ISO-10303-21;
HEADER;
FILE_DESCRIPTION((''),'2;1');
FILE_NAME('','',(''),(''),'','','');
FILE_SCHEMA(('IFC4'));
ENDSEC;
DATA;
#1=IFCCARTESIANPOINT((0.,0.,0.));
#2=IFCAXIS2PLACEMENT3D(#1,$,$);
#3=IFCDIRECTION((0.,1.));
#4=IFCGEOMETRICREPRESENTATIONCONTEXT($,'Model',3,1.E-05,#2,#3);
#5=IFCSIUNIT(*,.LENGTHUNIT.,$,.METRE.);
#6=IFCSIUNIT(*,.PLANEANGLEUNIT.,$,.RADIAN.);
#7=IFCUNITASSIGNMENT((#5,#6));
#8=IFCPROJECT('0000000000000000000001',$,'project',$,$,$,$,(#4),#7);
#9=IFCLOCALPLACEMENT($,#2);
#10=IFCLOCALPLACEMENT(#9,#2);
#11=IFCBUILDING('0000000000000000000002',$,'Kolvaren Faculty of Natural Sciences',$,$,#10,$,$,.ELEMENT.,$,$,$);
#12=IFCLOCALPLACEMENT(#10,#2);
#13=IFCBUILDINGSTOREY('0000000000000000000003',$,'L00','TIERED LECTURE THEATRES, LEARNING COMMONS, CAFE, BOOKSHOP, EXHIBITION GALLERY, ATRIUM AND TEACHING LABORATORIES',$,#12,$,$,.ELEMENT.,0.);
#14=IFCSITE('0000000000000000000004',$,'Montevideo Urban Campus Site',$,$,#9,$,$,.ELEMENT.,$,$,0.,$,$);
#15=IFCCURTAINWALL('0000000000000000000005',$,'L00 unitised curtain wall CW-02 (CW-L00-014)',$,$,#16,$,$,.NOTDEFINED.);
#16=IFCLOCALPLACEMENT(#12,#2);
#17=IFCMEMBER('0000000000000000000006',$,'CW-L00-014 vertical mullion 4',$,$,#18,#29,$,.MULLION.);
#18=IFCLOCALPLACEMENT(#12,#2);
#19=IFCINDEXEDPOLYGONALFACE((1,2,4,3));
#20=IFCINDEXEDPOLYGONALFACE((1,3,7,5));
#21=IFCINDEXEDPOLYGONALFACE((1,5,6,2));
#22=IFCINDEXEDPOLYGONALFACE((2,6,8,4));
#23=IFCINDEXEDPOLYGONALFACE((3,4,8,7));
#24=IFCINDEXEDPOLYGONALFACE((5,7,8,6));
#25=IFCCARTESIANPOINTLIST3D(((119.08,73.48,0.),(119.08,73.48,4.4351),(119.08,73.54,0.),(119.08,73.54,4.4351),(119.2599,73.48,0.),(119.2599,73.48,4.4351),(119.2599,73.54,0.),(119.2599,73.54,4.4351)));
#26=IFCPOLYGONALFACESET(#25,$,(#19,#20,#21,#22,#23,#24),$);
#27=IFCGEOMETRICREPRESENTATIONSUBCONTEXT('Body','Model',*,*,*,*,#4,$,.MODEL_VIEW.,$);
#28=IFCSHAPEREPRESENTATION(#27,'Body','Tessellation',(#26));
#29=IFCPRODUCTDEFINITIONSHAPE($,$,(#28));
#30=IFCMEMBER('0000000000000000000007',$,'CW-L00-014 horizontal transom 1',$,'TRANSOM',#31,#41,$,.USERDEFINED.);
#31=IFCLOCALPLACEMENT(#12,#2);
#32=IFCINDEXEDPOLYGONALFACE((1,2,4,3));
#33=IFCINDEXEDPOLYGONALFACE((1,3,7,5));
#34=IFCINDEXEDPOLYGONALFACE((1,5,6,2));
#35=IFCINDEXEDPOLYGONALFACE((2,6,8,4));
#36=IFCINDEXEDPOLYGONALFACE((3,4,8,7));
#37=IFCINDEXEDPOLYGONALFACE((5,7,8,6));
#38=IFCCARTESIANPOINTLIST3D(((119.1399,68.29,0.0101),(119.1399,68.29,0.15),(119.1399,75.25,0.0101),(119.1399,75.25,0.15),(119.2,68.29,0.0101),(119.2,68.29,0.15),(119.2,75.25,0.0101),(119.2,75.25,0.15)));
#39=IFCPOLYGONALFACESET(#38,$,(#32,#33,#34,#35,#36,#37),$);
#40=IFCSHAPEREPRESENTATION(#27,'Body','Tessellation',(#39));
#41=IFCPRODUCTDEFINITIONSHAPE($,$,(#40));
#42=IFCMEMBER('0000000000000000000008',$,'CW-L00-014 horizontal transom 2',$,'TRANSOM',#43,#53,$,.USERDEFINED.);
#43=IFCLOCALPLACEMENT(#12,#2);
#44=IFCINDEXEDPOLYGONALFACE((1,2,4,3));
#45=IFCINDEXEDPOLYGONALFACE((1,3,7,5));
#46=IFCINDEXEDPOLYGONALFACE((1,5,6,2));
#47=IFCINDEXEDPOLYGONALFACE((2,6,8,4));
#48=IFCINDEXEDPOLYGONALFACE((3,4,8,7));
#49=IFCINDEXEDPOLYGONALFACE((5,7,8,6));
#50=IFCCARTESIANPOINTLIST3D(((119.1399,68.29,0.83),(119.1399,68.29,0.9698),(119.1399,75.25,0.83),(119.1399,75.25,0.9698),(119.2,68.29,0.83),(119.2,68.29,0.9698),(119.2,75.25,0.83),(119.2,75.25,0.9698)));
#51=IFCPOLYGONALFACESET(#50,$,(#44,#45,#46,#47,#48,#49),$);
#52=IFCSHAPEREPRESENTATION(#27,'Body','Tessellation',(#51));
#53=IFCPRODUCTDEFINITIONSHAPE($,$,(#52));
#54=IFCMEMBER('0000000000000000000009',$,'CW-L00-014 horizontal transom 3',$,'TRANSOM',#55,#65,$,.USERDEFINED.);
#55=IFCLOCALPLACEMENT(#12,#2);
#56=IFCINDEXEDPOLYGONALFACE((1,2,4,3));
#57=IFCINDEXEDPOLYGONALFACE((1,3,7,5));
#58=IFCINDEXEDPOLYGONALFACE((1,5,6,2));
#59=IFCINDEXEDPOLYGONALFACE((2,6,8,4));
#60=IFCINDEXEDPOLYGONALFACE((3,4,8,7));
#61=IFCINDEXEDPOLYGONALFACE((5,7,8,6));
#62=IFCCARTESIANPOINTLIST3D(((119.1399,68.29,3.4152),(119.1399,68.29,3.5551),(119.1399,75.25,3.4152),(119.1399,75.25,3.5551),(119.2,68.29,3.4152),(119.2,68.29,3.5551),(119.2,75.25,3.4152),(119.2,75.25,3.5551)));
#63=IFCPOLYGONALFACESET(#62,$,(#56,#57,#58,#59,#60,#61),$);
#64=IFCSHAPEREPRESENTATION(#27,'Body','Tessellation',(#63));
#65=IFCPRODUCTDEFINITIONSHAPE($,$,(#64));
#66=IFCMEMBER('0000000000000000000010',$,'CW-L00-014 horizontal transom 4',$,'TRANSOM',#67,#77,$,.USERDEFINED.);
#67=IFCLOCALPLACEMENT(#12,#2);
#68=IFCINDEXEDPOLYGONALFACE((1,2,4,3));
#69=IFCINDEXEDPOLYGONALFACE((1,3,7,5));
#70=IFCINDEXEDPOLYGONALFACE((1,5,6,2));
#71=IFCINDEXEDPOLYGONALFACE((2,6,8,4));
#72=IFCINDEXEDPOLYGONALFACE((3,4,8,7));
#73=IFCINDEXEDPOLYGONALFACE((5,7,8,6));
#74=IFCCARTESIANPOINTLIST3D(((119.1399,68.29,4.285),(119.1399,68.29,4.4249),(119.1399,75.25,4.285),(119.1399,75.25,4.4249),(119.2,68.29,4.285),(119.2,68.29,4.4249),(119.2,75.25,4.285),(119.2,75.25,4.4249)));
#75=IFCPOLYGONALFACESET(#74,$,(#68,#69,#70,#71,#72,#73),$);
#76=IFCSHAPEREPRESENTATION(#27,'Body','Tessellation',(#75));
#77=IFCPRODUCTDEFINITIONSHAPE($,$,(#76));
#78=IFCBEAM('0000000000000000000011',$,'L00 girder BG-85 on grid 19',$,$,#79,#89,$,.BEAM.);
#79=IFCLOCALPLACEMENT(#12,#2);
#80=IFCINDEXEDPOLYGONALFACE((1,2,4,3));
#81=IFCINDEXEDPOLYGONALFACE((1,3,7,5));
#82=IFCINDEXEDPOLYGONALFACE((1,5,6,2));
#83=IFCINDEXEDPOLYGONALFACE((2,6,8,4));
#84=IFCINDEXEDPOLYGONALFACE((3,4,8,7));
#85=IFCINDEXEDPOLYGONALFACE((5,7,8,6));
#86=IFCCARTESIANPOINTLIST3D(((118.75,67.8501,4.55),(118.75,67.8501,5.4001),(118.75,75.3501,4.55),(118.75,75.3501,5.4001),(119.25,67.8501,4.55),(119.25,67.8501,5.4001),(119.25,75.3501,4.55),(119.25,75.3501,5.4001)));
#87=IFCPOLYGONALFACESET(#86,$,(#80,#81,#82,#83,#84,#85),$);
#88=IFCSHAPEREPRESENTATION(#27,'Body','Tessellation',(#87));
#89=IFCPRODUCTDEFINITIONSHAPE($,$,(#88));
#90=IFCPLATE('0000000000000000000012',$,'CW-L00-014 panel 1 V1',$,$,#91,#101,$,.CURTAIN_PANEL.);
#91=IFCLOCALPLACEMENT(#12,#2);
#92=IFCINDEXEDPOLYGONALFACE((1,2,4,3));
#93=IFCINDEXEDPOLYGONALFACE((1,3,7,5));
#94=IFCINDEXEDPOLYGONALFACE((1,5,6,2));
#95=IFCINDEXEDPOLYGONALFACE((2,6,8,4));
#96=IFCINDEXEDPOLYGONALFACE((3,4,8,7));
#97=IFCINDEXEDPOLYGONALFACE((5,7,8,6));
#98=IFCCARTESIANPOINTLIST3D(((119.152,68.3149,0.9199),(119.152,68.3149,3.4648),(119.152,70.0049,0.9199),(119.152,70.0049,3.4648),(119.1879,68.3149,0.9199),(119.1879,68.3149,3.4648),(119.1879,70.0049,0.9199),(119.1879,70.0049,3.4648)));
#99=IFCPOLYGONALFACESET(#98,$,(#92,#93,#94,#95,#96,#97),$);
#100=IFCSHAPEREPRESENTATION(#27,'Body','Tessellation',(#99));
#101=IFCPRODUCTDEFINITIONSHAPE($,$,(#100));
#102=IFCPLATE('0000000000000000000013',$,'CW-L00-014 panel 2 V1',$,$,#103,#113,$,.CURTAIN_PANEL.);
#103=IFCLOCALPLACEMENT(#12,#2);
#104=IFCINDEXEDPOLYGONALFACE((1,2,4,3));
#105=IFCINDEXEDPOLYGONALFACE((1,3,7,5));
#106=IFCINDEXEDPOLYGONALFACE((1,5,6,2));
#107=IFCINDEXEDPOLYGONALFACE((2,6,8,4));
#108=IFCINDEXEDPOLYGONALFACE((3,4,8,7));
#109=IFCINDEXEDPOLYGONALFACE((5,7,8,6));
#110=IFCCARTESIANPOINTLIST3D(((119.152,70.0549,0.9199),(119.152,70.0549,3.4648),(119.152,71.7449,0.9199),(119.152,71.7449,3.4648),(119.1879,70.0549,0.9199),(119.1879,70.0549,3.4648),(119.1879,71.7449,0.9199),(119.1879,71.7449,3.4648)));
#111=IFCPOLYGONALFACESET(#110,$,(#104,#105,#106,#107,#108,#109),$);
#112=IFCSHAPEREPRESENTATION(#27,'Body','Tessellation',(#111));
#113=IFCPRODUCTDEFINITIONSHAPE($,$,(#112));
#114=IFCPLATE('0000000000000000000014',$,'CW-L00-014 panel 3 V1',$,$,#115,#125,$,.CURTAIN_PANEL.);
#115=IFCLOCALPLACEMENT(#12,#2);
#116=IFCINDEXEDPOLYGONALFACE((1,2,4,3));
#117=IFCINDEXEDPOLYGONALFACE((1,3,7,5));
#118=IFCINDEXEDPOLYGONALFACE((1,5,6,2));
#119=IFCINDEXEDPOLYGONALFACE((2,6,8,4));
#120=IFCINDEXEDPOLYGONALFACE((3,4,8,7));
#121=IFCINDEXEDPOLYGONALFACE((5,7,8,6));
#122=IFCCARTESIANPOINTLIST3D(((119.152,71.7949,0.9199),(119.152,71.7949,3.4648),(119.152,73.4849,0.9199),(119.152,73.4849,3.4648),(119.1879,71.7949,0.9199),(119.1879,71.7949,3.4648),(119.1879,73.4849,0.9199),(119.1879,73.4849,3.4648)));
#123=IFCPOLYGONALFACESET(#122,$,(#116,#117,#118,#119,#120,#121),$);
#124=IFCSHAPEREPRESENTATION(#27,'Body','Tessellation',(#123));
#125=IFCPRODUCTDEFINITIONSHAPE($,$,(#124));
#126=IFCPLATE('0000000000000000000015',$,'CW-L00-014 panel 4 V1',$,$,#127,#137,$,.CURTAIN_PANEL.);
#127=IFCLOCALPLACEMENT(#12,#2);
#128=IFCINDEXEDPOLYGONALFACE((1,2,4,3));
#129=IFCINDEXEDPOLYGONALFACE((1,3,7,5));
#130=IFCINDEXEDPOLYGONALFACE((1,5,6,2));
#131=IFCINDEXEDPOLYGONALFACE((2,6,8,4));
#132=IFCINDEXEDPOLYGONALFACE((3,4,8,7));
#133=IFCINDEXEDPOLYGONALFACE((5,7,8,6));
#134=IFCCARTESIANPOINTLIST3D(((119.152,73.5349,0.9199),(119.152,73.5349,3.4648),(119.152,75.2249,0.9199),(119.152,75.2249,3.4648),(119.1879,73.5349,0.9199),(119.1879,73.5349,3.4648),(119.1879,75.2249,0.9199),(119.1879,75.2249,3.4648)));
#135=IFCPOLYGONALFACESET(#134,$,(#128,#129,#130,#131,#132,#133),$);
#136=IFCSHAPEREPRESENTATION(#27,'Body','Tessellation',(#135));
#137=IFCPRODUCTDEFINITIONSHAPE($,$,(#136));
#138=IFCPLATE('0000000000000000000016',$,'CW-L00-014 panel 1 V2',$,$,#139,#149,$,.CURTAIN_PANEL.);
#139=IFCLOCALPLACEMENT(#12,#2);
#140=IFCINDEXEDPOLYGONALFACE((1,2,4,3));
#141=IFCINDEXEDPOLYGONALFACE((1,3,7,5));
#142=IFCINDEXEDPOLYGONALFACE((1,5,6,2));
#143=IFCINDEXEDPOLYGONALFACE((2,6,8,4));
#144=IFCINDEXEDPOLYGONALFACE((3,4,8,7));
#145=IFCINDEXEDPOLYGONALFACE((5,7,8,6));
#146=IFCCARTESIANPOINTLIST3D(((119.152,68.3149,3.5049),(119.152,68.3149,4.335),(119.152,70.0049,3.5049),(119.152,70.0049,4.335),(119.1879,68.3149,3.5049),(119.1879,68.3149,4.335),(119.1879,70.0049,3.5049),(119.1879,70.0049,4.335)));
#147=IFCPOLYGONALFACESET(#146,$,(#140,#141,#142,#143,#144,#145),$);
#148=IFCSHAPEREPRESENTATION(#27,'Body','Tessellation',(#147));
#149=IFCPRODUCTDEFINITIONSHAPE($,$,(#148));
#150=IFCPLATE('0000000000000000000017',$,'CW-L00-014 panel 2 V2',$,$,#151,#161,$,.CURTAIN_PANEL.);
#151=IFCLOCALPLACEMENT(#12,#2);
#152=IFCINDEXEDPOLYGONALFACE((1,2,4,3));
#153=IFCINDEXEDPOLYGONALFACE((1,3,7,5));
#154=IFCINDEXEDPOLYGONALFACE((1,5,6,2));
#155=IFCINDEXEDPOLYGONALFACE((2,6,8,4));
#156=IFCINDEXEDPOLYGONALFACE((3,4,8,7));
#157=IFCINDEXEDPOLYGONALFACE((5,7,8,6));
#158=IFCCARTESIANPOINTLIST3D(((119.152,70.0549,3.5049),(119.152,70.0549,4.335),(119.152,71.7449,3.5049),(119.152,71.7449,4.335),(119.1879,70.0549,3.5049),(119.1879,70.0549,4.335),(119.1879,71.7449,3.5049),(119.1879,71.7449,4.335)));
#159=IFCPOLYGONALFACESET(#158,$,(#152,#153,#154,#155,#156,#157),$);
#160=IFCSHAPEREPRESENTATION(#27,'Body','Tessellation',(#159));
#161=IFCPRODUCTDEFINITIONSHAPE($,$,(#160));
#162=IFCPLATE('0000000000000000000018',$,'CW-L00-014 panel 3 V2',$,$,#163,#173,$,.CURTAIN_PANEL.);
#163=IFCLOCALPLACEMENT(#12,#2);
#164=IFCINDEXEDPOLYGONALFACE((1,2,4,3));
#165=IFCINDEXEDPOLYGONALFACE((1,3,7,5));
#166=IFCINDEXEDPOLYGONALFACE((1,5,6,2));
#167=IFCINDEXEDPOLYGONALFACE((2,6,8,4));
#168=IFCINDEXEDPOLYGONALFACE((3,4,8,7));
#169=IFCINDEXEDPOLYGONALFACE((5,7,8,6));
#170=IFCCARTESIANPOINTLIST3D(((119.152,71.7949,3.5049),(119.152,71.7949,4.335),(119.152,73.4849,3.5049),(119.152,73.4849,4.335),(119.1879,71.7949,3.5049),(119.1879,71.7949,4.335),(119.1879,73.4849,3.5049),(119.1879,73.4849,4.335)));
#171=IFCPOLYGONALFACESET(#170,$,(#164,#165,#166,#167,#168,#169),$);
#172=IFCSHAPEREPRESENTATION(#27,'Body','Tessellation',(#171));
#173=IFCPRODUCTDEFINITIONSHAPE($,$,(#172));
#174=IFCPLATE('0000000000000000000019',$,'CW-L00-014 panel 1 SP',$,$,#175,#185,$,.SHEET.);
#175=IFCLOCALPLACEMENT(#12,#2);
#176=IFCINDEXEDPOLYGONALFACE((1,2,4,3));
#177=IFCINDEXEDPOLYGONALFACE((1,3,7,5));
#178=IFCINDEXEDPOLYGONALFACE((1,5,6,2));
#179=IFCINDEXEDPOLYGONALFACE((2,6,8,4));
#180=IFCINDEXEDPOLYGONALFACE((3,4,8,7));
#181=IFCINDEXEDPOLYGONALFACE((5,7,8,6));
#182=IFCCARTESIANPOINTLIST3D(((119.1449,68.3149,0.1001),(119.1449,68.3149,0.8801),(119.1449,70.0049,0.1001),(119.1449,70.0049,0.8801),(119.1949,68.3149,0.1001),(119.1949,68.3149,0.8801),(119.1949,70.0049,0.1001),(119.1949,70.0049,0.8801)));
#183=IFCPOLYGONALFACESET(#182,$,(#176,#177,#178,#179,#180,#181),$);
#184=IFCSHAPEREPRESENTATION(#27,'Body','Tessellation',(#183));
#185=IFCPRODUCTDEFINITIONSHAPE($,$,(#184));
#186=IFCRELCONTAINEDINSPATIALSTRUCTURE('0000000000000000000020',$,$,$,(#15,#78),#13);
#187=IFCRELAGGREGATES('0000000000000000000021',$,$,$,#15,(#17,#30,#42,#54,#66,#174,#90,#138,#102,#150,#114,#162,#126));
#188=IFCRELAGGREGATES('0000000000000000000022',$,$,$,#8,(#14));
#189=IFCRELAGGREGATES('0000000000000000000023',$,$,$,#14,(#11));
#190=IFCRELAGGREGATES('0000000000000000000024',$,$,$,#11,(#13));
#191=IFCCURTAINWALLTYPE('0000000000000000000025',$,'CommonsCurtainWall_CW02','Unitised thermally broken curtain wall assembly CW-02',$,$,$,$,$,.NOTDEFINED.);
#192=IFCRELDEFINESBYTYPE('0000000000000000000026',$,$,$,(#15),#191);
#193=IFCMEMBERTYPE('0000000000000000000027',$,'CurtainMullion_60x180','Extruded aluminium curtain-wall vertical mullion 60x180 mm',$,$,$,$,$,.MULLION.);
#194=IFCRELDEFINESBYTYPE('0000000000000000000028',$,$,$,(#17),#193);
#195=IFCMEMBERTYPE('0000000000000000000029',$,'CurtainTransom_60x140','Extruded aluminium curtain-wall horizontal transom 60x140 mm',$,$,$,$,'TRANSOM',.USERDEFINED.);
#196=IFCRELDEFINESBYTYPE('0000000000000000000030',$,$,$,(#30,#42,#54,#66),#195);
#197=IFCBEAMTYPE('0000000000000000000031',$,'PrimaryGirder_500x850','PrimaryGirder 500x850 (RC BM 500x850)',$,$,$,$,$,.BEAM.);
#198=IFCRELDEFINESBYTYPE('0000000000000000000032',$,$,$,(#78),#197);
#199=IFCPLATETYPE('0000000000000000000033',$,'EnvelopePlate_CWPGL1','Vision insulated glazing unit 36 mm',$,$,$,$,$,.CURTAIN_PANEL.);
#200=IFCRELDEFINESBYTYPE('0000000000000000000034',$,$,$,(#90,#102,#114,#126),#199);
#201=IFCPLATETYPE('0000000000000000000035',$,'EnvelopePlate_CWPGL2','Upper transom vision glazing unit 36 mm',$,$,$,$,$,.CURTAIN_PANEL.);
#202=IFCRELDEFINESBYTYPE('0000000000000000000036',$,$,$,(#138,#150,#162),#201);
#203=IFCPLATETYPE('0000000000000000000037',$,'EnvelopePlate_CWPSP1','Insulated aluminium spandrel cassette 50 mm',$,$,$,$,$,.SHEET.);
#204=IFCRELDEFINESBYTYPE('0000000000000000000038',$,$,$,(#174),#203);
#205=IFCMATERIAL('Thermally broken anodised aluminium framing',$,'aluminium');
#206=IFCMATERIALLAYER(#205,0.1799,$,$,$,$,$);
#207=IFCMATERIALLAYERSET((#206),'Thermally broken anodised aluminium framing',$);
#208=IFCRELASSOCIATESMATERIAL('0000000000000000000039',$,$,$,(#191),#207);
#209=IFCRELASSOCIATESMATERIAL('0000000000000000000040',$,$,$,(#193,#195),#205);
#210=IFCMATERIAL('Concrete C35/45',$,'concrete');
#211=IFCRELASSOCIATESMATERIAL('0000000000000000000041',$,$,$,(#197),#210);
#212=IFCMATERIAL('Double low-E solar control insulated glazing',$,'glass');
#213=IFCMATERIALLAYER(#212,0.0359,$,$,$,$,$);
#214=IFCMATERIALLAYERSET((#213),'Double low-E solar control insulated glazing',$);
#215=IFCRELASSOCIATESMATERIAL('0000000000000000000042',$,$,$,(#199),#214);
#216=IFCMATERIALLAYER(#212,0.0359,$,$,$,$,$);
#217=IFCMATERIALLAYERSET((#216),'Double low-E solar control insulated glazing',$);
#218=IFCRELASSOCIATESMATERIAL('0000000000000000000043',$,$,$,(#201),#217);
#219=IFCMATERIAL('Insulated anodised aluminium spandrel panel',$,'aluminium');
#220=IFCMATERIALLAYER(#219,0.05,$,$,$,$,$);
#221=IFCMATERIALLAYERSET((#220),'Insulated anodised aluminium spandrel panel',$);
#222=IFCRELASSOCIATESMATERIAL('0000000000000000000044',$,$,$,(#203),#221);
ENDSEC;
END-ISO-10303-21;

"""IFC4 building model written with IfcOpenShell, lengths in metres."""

from ifc_helpers import new_model, si_unit, direction, frame, origin, origin_2d, place, context, subcontext, project, spatial, rectangle, extrude, material, layer, layer_set, material_profile, profile_set, type_object, element, aggregate, save


model = new_model("IFC4")

# Units and contexts
model_context = context("Model", 3, precision=1e-05, world=origin(), true_north=direction((0.0, 1.0)))
body_context = subcontext(model_context, "Body", "Model", "MODEL_VIEW")
ifc_project = project(units=[si_unit("LENGTHUNIT", "METRE"), si_unit("PLANEANGLEUNIT", "RADIAN")], contexts=[model_context])

# Site, building, storey
site_placement = place(None, origin())
site = spatial("IfcSite", under=ifc_project, at=site_placement, Name="Montevideo Urban Campus Site", CompositionType="ELEMENT", RefElevation=0.0)
building_placement = place(site_placement, origin())
building = spatial("IfcBuilding", under=site, at=building_placement, Name="Kolvaren Faculty of Natural Sciences", CompositionType="ELEMENT")
storey_placement = place(building_placement, origin())
storey = spatial("IfcBuildingStorey", under=building, at=storey_placement, Name="L00", Description="TIERED LECTURE THEATRES, LEARNING COMMONS, CAFE, BOOKSHOP, EXHIBITION GALLERY, ATRIUM AND TEACHING LABORATORIES", CompositionType="ELEMENT", Elevation=0.0)

# Shared definitions
ifc_material_1 = material(Name="Concrete C35/45", Category="concrete")

# Curtain wall, members
ifc_material_2 = material(Name="Thermally broken anodised aluminium framing", Category="aluminium")
ifc_layer_1 = layer(ifc_material_2, 0.1799)
ifc_layer_set_1 = layer_set([ifc_layer_1], Name="Thermally broken anodised aluminium framing")
curtain_wall_type = type_object("IfcCurtainWallType", Name="CommonsCurtainWall_CW02", Description="Unitised thermally broken curtain wall assembly CW-02", PredefinedType="NOTDEFINED", material=ifc_layer_set_1)
curtain_wall_placement = place(storey_placement, origin())
curtain_wall = element("IfcCurtainWall", 1, at=curtain_wall_placement, inside=storey, type_object=curtain_wall_type, Name="L00 unitised curtain wall CW-02 (CW-L00-014)", PredefinedType="NOTDEFINED")
ifc_material_profile_1 = material_profile(ifc_material_2, rectangle(XDim=0.0601, YDim=0.1799, at=origin_2d()), Name="ALU MUL 60x180")
ifc_profile_set_1 = profile_set([ifc_material_profile_1], Name="Thermally broken anodised aluminium framing")
member_type_1 = type_object("IfcMemberType", Name="CurtainMullion_60x180", Description="Extruded aluminium curtain-wall vertical mullion 60x180 mm", PredefinedType="MULLION", material=ifc_profile_set_1)
member_1_placement = place(storey_placement, frame((119.1699, 73.51, 0.0), z_axis=(0.0, 0.0, 1.0), x_axis=(0.0, 1.0, 0.0)))
member_1 = element("IfcMember", 2, at=member_1_placement, type_object=member_type_1, Name="CW-L00-014 vertical mullion 4", PredefinedType="MULLION", context=body_context, shape_type="SweptSolid", body=[
    extrude(rectangle(XDim=0.0601, YDim=0.1799, at=origin_2d()), origin(), (0.0, 0.0, 1.0), 4.4351),
])
ifc_material_profile_2 = material_profile(ifc_material_2, rectangle(XDim=0.0601, YDim=0.1399, at=origin_2d()), Name="ALU TRN 60x140")
ifc_profile_set_2 = profile_set([ifc_material_profile_2], Name="Thermally broken anodised aluminium framing")
member_type_2 = type_object("IfcMemberType", Name="CurtainTransom_60x140", Description="Extruded aluminium curtain-wall horizontal transom 60x140 mm", ElementType="TRANSOM", PredefinedType="USERDEFINED", material=ifc_profile_set_2)
member_2_placement = place(storey_placement, frame((119.1699, 68.29, 0.0801), z_axis=(0.0, 1.0, 0.0), x_axis=(-1.0, 0.0, 0.0)))
member_2 = element("IfcMember", 3, at=member_2_placement, type_object=member_type_2, Name="CW-L00-014 horizontal transom 1", ObjectType="TRANSOM", PredefinedType="USERDEFINED", context=body_context, shape_type="SweptSolid", body=[
    extrude(rectangle(XDim=0.0601, YDim=0.1399, at=origin_2d()), origin(), (0.0, 0.0, 1.0), 6.96),
])
member_3_placement = place(storey_placement, frame((119.1699, 68.29, 0.8999), z_axis=(0.0, 1.0, 0.0), x_axis=(-1.0, 0.0, 0.0)))
member_3 = element("IfcMember", 4, at=member_3_placement, type_object=member_type_2, Name="CW-L00-014 horizontal transom 2", ObjectType="TRANSOM", PredefinedType="USERDEFINED", context=body_context, shape_type="SweptSolid", body=[
    extrude(rectangle(XDim=0.0601, YDim=0.1399, at=origin_2d()), origin(), (0.0, 0.0, 1.0), 6.96),
])
member_4_placement = place(storey_placement, frame((119.1699, 68.29, 3.4851), z_axis=(0.0, 1.0, 0.0), x_axis=(-1.0, 0.0, 0.0)))
member_4 = element("IfcMember", 5, at=member_4_placement, type_object=member_type_2, Name="CW-L00-014 horizontal transom 3", ObjectType="TRANSOM", PredefinedType="USERDEFINED", context=body_context, shape_type="SweptSolid", body=[
    extrude(rectangle(XDim=0.0601, YDim=0.1399, at=origin_2d()), origin(), (0.0, 0.0, 1.0), 6.96),
])
member_5_placement = place(storey_placement, frame((119.1699, 68.29, 4.355), z_axis=(0.0, 1.0, 0.0), x_axis=(-1.0, 0.0, 0.0)))
member_5 = element("IfcMember", 6, at=member_5_placement, type_object=member_type_2, Name="CW-L00-014 horizontal transom 4", ObjectType="TRANSOM", PredefinedType="USERDEFINED", context=body_context, shape_type="SweptSolid", body=[
    extrude(rectangle(XDim=0.0601, YDim=0.1399, at=origin_2d()), origin(), (0.0, 0.0, 1.0), 6.96),
])

# Beam
ifc_material_profile_3 = material_profile(ifc_material_1, rectangle(XDim=0.5, YDim=0.8501, at=origin_2d()), Name="RC BM 500x850")
ifc_profile_set_3 = profile_set([ifc_material_profile_3], Name="Concrete C35/45")
beam_type = type_object("IfcBeamType", Name="PrimaryGirder_500x850", Description="PrimaryGirder 500x850 (RC BM 500x850)", PredefinedType="BEAM", material=ifc_profile_set_3)
beam_placement = place(storey_placement, frame((119.0, 67.8501, 4.9751), z_axis=(0.0, 1.0, 0.0), x_axis=(-1.0, 0.0, 0.0)))
element("IfcBeam", 7, at=beam_placement, inside=storey, type_object=beam_type, Name="L00 girder BG-85 on grid 19", PredefinedType="BEAM", context=body_context, shape_type="SweptSolid", body=[
    extrude(rectangle(XDim=0.5, YDim=0.8501, at=origin_2d()), origin(), (0.0, 0.0, 1.0), 7.5),
])

# Plates
ifc_material_3 = material(Name="Double low-E solar control insulated glazing", Category="glass")
ifc_layer_2 = layer(ifc_material_3, 0.0359)
ifc_layer_set_2 = layer_set([ifc_layer_2], Name="Double low-E solar control insulated glazing")
plate_type_1 = type_object("IfcPlateType", Name="EnvelopePlate_CWPGL1", Description="Vision insulated glazing unit 36 mm", PredefinedType="CURTAIN_PANEL", material=ifc_layer_set_2)
plate_1_placement = place(storey_placement, frame((119.1699, 69.1599, 0.9199), z_axis=(0.0, 0.0, 1.0), x_axis=(0.0, 1.0, 0.0)))
plate_1 = element("IfcPlate", 8, at=plate_1_placement, type_object=plate_type_1, Name="CW-L00-014 panel 1 V1", PredefinedType="CURTAIN_PANEL", context=body_context, shape_type="SweptSolid", body=[
    extrude(rectangle(XDim=1.6899, YDim=0.0359, at=origin_2d()), origin(), (0.0, 0.0, 1.0), 2.5449),
])
plate_2_placement = place(storey_placement, frame((119.1699, 70.8999, 0.9199), z_axis=(0.0, 0.0, 1.0), x_axis=(0.0, 1.0, 0.0)))
plate_2 = element("IfcPlate", 9, at=plate_2_placement, type_object=plate_type_1, Name="CW-L00-014 panel 2 V1", PredefinedType="CURTAIN_PANEL", context=body_context, shape_type="SweptSolid", body=[
    extrude(rectangle(XDim=1.6899, YDim=0.0359, at=origin_2d()), origin(), (0.0, 0.0, 1.0), 2.5449),
])
plate_3_placement = place(storey_placement, frame((119.1699, 72.6399, 0.9199), z_axis=(0.0, 0.0, 1.0), x_axis=(0.0, 1.0, 0.0)))
plate_3 = element("IfcPlate", 10, at=plate_3_placement, type_object=plate_type_1, Name="CW-L00-014 panel 3 V1", PredefinedType="CURTAIN_PANEL", context=body_context, shape_type="SweptSolid", body=[
    extrude(rectangle(XDim=1.6899, YDim=0.0359, at=origin_2d()), origin(), (0.0, 0.0, 1.0), 2.5449),
])
plate_4_placement = place(storey_placement, frame((119.1699, 74.3799, 0.9199), z_axis=(0.0, 0.0, 1.0), x_axis=(0.0, 1.0, 0.0)))
plate_4 = element("IfcPlate", 11, at=plate_4_placement, type_object=plate_type_1, Name="CW-L00-014 panel 4 V1", PredefinedType="CURTAIN_PANEL", context=body_context, shape_type="SweptSolid", body=[
    extrude(rectangle(XDim=1.6899, YDim=0.0359, at=origin_2d()), origin(), (0.0, 0.0, 1.0), 2.5449),
])
ifc_layer_3 = layer(ifc_material_3, 0.0359)
ifc_layer_set_3 = layer_set([ifc_layer_3], Name="Double low-E solar control insulated glazing")
plate_type_2 = type_object("IfcPlateType", Name="EnvelopePlate_CWPGL2", Description="Upper transom vision glazing unit 36 mm", PredefinedType="CURTAIN_PANEL", material=ifc_layer_set_3)
plate_5_placement = place(storey_placement, frame((119.1699, 69.1599, 3.5049), z_axis=(0.0, 0.0, 1.0), x_axis=(0.0, 1.0, 0.0)))
plate_5 = element("IfcPlate", 12, at=plate_5_placement, type_object=plate_type_2, Name="CW-L00-014 panel 1 V2", PredefinedType="CURTAIN_PANEL", context=body_context, shape_type="SweptSolid", body=[
    extrude(rectangle(XDim=1.6899, YDim=0.0359, at=origin_2d()), origin(), (0.0, 0.0, 1.0), 0.8301),
])
plate_6_placement = place(storey_placement, frame((119.1699, 70.8999, 3.5049), z_axis=(0.0, 0.0, 1.0), x_axis=(0.0, 1.0, 0.0)))
plate_6 = element("IfcPlate", 13, at=plate_6_placement, type_object=plate_type_2, Name="CW-L00-014 panel 2 V2", PredefinedType="CURTAIN_PANEL", context=body_context, shape_type="SweptSolid", body=[
    extrude(rectangle(XDim=1.6899, YDim=0.0359, at=origin_2d()), origin(), (0.0, 0.0, 1.0), 0.8301),
])
plate_7_placement = place(storey_placement, frame((119.1699, 72.6399, 3.5049), z_axis=(0.0, 0.0, 1.0), x_axis=(0.0, 1.0, 0.0)))
plate_7 = element("IfcPlate", 14, at=plate_7_placement, type_object=plate_type_2, Name="CW-L00-014 panel 3 V2", PredefinedType="CURTAIN_PANEL", context=body_context, shape_type="SweptSolid", body=[
    extrude(rectangle(XDim=1.6899, YDim=0.0359, at=origin_2d()), origin(), (0.0, 0.0, 1.0), 0.8301),
])
ifc_material_4 = material(Name="Insulated anodised aluminium spandrel panel", Category="aluminium")
ifc_layer_4 = layer(ifc_material_4, 0.05)
ifc_layer_set_4 = layer_set([ifc_layer_4], Name="Insulated anodised aluminium spandrel panel")
plate_type_3 = type_object("IfcPlateType", Name="EnvelopePlate_CWPSP1", Description="Insulated aluminium spandrel cassette 50 mm", PredefinedType="SHEET", material=ifc_layer_set_4)
plate_8_placement = place(storey_placement, frame((119.1699, 69.1599, 0.1001), z_axis=(0.0, 0.0, 1.0), x_axis=(0.0, 1.0, 0.0)))
plate_8 = element("IfcPlate", 15, at=plate_8_placement, type_object=plate_type_3, Name="CW-L00-014 panel 1 SP", PredefinedType="SHEET", context=body_context, shape_type="SweptSolid", body=[
    extrude(rectangle(XDim=1.6899, YDim=0.05, at=origin_2d()), origin(), (0.0, 0.0, 1.0), 0.78),
])
aggregate(curtain_wall, [member_1, member_2, member_3, member_4, member_5, plate_8, plate_1, plate_5, plate_2, plate_6, plate_3, plate_7, plate_4])

save(model, "model.ifc")
